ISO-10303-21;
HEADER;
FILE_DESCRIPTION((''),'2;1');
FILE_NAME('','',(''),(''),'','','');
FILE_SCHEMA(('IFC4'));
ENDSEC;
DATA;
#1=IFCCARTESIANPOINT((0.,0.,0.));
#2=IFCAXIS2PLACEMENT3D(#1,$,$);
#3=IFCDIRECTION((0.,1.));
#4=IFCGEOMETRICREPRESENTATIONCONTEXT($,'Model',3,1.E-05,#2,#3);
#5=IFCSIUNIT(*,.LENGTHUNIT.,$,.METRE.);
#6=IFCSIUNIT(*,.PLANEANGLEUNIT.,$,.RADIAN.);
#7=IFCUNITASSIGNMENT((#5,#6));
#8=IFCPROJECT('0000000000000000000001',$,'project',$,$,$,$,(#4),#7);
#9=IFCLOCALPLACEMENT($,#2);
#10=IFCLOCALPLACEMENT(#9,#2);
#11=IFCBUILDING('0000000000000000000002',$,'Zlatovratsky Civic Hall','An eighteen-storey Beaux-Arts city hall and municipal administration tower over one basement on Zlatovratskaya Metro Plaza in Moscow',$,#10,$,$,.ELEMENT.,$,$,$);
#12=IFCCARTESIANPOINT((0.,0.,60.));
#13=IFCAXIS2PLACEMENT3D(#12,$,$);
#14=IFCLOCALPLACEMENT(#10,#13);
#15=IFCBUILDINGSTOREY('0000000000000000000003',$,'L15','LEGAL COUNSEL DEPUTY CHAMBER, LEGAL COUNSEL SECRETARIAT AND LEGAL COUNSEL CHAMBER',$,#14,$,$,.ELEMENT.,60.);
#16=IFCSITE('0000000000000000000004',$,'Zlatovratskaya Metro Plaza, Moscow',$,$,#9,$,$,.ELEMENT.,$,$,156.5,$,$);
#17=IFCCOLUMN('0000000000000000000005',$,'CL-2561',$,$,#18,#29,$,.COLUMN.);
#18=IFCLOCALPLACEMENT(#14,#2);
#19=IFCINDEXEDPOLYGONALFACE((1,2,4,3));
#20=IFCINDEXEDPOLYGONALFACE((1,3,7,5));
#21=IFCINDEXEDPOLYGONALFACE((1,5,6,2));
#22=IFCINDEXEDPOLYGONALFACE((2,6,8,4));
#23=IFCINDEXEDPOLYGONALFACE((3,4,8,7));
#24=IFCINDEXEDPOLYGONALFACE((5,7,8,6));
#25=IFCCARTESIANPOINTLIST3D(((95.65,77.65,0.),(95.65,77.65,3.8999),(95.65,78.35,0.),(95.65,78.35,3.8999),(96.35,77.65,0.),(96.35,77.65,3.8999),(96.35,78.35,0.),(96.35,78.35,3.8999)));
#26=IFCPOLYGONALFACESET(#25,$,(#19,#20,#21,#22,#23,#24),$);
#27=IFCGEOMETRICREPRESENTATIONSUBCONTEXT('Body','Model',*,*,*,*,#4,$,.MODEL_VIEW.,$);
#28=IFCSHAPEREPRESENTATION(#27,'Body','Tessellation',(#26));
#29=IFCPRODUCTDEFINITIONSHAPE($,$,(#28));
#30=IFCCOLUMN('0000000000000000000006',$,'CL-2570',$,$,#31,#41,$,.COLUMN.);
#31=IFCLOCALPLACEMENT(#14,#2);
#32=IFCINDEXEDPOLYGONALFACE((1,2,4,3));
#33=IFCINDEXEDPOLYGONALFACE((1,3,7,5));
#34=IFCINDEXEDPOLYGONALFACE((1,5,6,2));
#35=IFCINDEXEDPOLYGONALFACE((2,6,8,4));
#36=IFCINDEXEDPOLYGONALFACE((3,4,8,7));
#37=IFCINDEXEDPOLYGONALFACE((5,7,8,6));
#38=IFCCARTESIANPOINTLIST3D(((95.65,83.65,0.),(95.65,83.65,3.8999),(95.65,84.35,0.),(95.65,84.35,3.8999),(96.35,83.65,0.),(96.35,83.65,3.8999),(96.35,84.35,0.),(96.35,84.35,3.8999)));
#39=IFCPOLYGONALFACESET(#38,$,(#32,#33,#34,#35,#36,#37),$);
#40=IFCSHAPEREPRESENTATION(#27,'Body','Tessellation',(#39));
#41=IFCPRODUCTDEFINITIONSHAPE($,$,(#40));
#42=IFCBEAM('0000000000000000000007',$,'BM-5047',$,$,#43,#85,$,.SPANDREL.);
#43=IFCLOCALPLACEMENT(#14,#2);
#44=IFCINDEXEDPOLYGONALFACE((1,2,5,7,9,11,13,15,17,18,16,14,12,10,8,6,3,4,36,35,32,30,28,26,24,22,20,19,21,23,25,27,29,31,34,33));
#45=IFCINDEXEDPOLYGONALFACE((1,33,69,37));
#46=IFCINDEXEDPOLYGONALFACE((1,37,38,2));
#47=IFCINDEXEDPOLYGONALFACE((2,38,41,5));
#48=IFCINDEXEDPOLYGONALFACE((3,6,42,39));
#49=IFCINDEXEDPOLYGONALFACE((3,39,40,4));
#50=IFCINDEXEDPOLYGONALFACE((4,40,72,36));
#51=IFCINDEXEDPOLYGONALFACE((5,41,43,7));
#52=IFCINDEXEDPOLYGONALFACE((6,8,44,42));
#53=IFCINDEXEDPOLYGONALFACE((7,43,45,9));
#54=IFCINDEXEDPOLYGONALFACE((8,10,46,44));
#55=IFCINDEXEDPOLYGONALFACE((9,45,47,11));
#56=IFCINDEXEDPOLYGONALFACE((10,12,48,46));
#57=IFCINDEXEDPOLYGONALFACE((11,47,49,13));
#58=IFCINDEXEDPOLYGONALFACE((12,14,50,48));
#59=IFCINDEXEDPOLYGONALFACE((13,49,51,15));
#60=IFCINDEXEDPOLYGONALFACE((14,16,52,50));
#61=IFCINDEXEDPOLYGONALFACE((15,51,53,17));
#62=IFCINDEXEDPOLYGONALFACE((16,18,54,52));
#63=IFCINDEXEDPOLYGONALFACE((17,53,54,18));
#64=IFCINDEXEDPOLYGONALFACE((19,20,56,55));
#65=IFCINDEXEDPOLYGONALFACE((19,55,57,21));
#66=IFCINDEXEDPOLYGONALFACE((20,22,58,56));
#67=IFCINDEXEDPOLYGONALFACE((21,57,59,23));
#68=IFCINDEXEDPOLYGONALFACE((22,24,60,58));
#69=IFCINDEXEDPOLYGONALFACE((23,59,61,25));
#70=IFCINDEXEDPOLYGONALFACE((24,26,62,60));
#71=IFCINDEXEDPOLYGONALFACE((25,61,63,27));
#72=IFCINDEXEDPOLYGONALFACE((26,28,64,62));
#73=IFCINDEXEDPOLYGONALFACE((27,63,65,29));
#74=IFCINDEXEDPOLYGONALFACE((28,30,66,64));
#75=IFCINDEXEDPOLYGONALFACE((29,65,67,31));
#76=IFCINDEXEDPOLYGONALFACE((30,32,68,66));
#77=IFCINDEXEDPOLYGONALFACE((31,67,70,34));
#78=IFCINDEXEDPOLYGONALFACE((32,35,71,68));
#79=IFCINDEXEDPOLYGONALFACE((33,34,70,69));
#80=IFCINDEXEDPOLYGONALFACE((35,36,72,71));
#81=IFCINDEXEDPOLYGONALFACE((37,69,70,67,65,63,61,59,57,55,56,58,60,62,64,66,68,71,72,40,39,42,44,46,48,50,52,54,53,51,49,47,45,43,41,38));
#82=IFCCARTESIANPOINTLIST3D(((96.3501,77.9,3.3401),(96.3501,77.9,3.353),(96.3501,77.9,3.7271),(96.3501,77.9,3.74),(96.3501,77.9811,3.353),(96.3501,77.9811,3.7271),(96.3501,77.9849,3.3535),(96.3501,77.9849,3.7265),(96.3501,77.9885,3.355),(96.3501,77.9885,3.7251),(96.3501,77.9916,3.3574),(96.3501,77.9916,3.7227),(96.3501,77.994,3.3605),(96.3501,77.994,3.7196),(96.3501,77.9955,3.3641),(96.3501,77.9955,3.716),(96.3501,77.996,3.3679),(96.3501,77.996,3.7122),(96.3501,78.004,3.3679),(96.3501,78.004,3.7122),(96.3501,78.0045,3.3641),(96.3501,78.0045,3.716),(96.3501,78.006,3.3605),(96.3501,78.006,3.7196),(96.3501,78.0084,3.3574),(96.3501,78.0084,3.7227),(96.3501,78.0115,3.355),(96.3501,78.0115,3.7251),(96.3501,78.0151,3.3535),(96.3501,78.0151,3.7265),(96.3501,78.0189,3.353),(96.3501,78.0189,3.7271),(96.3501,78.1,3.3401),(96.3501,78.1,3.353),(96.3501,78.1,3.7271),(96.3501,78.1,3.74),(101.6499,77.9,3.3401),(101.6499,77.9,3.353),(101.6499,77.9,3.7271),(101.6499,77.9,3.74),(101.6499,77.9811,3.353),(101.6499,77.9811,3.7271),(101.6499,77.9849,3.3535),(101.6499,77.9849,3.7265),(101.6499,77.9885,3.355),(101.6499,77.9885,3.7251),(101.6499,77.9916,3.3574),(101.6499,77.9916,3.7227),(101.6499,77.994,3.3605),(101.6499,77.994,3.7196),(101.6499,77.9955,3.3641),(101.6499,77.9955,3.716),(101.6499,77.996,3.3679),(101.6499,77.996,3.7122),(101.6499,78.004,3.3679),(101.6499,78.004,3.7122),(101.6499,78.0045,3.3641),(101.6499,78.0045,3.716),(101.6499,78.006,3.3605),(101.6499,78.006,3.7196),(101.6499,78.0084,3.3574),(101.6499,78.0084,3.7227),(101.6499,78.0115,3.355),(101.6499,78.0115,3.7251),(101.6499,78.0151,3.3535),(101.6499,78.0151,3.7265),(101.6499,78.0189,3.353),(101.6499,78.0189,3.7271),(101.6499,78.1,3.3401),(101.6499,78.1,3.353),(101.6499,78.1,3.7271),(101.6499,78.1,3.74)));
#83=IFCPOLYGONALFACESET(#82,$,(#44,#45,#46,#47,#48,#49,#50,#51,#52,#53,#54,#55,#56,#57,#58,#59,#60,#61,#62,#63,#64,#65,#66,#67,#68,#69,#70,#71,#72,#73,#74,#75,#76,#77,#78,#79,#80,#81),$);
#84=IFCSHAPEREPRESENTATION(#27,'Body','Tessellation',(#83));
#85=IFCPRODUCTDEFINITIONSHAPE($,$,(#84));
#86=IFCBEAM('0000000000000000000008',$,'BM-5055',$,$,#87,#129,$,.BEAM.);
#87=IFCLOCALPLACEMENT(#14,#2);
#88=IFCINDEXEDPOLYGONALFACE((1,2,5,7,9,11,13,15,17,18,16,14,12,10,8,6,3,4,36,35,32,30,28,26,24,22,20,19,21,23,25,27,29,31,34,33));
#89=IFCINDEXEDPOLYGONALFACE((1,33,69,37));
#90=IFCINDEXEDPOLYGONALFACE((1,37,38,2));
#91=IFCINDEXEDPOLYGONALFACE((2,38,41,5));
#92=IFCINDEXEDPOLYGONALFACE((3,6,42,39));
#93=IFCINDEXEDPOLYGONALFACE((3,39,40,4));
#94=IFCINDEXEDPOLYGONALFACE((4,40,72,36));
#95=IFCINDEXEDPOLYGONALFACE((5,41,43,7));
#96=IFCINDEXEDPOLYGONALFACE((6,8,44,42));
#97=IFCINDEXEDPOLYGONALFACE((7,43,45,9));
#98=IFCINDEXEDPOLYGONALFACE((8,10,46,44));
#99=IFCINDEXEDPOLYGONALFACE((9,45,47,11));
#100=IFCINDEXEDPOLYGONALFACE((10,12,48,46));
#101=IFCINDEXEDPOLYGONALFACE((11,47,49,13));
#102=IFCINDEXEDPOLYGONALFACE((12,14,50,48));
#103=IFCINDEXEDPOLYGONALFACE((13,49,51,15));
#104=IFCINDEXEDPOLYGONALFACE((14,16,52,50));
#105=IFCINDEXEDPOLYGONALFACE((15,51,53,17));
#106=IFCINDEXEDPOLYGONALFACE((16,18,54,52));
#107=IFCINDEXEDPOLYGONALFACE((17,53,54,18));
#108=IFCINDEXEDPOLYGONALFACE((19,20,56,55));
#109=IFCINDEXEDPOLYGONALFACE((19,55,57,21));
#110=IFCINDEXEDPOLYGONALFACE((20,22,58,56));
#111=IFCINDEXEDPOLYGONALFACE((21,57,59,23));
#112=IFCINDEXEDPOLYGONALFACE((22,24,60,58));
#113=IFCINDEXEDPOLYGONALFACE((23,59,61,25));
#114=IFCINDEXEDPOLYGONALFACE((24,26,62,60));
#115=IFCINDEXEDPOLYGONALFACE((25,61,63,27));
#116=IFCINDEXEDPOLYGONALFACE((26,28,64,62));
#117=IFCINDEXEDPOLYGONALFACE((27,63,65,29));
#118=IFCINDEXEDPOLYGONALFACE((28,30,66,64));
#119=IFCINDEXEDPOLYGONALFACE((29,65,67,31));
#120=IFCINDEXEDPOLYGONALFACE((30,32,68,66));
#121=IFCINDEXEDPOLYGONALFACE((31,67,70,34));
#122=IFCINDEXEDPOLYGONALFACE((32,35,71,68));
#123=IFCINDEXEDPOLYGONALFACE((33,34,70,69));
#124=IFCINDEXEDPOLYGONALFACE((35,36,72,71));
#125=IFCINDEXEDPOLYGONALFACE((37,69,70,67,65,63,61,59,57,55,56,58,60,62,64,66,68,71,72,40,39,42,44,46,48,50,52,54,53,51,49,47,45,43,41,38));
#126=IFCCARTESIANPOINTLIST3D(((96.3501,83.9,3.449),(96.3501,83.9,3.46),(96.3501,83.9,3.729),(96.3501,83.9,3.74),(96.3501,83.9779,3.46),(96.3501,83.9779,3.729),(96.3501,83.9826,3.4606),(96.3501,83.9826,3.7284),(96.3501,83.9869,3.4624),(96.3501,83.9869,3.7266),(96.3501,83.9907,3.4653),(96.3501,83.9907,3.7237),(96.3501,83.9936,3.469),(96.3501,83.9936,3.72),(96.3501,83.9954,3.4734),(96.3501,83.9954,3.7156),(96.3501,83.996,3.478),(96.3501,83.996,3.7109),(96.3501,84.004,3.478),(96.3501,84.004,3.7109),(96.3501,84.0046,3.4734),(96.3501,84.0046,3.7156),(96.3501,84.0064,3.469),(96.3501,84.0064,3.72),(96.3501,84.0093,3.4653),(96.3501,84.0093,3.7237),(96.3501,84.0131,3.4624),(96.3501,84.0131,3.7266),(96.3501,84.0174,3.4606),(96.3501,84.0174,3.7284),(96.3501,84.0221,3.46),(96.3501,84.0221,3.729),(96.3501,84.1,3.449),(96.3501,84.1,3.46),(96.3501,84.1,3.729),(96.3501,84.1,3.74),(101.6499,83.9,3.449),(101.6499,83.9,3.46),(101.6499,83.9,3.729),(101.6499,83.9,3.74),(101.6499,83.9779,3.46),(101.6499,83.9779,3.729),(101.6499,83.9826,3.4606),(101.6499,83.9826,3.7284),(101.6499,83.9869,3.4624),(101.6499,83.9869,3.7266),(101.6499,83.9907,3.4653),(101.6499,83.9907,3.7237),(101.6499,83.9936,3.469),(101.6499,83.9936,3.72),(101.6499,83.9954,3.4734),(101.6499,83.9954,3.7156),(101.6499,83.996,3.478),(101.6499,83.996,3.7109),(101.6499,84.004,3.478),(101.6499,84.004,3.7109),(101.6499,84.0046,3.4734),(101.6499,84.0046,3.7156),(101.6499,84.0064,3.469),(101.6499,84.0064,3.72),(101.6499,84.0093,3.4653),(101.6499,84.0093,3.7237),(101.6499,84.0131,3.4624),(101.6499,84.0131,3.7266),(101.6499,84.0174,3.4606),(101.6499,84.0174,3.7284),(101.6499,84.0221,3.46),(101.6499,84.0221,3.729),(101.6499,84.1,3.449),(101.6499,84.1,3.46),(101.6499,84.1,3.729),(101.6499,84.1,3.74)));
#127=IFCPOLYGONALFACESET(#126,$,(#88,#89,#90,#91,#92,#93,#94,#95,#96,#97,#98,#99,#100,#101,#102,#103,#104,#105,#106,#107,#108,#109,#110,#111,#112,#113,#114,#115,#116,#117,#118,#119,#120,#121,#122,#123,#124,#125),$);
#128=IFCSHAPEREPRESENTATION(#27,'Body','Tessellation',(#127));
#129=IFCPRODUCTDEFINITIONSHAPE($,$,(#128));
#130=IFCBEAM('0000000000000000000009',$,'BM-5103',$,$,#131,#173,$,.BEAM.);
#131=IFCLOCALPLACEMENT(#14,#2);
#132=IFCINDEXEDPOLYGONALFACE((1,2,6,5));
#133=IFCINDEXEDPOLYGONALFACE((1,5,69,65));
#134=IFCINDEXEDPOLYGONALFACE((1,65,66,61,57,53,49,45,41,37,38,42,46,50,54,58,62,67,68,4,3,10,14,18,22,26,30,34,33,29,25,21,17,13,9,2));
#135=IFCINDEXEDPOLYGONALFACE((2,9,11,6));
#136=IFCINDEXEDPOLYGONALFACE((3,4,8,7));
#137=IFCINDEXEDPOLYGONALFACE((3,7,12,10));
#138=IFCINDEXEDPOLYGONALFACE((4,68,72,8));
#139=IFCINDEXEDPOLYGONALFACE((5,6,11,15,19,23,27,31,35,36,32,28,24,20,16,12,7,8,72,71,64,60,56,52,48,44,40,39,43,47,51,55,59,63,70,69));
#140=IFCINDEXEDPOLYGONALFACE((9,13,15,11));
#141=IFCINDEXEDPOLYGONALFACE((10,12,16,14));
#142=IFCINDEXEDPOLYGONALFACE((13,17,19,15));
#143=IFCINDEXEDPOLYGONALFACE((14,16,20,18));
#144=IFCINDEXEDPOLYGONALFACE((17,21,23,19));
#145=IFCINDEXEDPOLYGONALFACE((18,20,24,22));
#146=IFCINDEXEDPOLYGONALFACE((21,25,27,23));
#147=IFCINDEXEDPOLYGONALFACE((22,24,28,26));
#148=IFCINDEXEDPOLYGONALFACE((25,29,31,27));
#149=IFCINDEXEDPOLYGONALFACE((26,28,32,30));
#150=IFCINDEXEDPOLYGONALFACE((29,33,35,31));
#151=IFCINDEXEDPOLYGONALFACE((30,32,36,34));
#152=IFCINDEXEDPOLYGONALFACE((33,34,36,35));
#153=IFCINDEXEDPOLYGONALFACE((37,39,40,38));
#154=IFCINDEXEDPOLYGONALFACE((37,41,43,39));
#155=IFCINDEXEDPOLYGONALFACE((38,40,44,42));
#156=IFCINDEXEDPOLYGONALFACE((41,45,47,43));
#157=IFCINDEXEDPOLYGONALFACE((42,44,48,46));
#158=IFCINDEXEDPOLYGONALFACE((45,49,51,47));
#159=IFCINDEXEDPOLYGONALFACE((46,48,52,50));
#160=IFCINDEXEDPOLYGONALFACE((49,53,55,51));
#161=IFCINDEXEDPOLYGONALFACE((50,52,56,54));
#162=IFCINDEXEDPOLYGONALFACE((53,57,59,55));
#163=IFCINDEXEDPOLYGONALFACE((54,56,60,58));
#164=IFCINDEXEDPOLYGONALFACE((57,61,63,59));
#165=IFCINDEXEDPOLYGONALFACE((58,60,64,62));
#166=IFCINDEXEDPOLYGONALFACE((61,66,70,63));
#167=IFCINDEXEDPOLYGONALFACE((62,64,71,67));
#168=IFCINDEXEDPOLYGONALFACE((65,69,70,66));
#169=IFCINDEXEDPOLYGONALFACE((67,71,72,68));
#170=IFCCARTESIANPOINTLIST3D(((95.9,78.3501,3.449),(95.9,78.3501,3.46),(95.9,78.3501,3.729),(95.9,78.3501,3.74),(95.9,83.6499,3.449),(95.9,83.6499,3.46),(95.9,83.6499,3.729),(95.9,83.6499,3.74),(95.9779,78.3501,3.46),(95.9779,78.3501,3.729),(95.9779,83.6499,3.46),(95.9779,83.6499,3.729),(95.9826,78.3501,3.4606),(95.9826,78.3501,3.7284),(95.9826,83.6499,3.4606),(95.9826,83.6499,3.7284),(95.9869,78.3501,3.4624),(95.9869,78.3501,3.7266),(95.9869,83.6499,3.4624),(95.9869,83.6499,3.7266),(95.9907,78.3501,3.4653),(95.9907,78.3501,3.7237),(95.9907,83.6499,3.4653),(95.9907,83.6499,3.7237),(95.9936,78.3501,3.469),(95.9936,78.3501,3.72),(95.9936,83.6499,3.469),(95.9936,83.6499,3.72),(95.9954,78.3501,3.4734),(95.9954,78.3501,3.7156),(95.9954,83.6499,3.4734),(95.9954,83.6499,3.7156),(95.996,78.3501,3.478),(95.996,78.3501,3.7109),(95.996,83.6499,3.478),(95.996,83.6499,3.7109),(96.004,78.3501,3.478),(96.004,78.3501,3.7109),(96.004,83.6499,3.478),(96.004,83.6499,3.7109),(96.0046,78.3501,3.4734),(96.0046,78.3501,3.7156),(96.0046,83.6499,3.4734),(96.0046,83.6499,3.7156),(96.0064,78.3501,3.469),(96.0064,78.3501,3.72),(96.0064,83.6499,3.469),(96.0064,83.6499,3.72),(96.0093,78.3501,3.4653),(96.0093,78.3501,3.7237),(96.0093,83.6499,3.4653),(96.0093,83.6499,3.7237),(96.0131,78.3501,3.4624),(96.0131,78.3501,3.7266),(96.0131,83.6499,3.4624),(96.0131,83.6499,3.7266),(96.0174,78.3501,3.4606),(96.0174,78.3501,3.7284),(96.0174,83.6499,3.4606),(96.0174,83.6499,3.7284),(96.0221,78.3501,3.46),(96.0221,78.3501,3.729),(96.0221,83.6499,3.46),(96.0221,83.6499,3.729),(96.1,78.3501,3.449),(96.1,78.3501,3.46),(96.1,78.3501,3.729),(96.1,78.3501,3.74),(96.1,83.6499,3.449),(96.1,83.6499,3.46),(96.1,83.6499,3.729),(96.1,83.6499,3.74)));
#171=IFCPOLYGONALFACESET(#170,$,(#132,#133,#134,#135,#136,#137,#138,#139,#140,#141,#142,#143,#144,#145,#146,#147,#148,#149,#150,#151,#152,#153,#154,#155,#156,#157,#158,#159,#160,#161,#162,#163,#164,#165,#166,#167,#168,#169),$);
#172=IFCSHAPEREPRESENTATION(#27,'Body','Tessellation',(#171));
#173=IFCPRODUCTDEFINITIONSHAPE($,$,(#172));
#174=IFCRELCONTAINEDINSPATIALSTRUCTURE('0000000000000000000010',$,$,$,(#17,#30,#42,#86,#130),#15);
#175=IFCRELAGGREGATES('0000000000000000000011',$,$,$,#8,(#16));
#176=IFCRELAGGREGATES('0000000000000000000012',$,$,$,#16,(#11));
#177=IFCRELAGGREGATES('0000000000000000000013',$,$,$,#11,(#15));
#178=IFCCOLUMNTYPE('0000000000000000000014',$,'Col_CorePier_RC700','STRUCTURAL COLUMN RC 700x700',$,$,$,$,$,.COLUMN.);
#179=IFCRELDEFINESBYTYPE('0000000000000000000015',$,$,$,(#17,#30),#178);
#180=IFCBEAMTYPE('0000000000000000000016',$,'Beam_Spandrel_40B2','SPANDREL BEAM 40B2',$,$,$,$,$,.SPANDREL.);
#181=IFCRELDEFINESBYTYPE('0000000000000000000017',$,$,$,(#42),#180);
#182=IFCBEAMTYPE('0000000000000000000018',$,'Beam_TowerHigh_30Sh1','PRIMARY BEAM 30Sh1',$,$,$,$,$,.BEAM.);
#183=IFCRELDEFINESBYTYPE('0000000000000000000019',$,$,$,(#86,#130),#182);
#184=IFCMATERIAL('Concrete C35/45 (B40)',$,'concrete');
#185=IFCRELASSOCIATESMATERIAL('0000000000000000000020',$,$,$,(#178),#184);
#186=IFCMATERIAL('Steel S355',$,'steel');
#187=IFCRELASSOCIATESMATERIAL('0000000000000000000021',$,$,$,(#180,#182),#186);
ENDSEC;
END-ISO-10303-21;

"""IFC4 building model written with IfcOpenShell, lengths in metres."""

from ifc_helpers import new_model, si_unit, direction, frame, origin, origin_2d, place, context, subcontext, project, spatial, rectangle, i_section, extrude, material, material_profile, profile_set, type_object, element, save


model = new_model("IFC4")

# Units and contexts
model_context = context("Model", 3, precision=1e-05, world=origin(), true_north=direction((0.0, 1.0)))
body_context = subcontext(model_context, "Body", "Model", "MODEL_VIEW")
ifc_project = project(units=[si_unit("LENGTHUNIT", "METRE"), si_unit("PLANEANGLEUNIT", "RADIAN")], contexts=[model_context])

# Site, building, storey
site_placement = place(None, origin())
site = spatial("IfcSite", under=ifc_project, at=site_placement, Name="Zlatovratskaya Metro Plaza, Moscow", CompositionType="ELEMENT", RefElevation=156.5)
building_placement = place(site_placement, origin())
building = spatial("IfcBuilding", under=site, at=building_placement, Name="Zlatovratsky Civic Hall", Description="An eighteen-storey Beaux-Arts city hall and municipal administration tower over one basement on Zlatovratskaya Metro Plaza in Moscow", CompositionType="ELEMENT")
storey_placement = place(building_placement, frame((0.0, 0.0, 60.0)))
storey = spatial("IfcBuildingStorey", under=building, at=storey_placement, Name="L15", Description="LEGAL COUNSEL DEPUTY CHAMBER, LEGAL COUNSEL SECRETARIAT AND LEGAL COUNSEL CHAMBER", CompositionType="ELEMENT", Elevation=60.0)

# Columns
ifc_material_1 = material(Name="Concrete C35/45 (B40)", Category="concrete")
ifc_material_profile_1 = material_profile(ifc_material_1, rectangle(XDim=0.7, YDim=0.7, at=origin_2d()), Name="RC 700x700")
ifc_profile_set_1 = profile_set([ifc_material_profile_1], Name="Concrete C35/45 (B40)")
column_type = type_object("IfcColumnType", Name="Col_CorePier_RC700", Description="STRUCTURAL COLUMN RC 700x700", PredefinedType="COLUMN", material=ifc_profile_set_1)
for number, where, z_axis, x_axis, name in (
    (1, (96.0, 78.0, 0.0), (0.0, 0.0, 1.0), (1.0, 0.0, 0.0), "CL-2561"),
    (2, (96.0, 84.0, 0.0), (0.0, 0.0, 1.0), (1.0, 0.0, 0.0), "CL-2570"),
):
    element("IfcColumn", number, at=place(storey_placement, frame(where, z_axis=z_axis, x_axis=x_axis)), inside=storey, type_object=column_type, Name=name, PredefinedType="COLUMN", context=body_context, shape_type="SweptSolid", body=[
        extrude(rectangle(XDim=0.7, YDim=0.7, at=origin_2d()), origin(), (0.0, 0.0, 1.0), 3.8999),
    ])

# Beams
ifc_material_2 = material(Name="Steel S355", Category="steel")
ifc_material_profile_2 = material_profile(ifc_material_2, i_section(OverallWidth=0.2, OverallDepth=0.3999, WebThickness=0.0081, FlangeThickness=0.0129, FilletRadius=0.0149, at=origin_2d()), Name="40B2")
ifc_profile_set_2 = profile_set([ifc_material_profile_2], Name="Steel S355")
beam_type_1 = type_object("IfcBeamType", Name="Beam_Spandrel_40B2", Description="SPANDREL BEAM 40B2", PredefinedType="SPANDREL", material=ifc_profile_set_2)
beam_placement = place(storey_placement, frame((96.3501, 78.0, 3.54), z_axis=(1.0, 0.0, 0.0), x_axis=(0.0, 1.0, 0.0)))
element("IfcBeam", 3, at=beam_placement, inside=storey, type_object=beam_type_1, Name="BM-5047", PredefinedType="SPANDREL", context=body_context, shape_type="SweptSolid", body=[
    extrude(i_section(OverallWidth=0.2, OverallDepth=0.3999, WebThickness=0.0081, FlangeThickness=0.0129, FilletRadius=0.0149, at=origin_2d()), origin(), (0.0, 0.0, 1.0), 5.2998),
])
ifc_material_profile_3 = material_profile(ifc_material_2, i_section(OverallWidth=0.2, OverallDepth=0.291, WebThickness=0.0081, FlangeThickness=0.011, FilletRadius=0.0181, at=origin_2d()), Name="30Sh1")
ifc_profile_set_3 = profile_set([ifc_material_profile_3], Name="Steel S355")
beam_type_2 = type_object("IfcBeamType", Name="Beam_TowerHigh_30Sh1", Description="PRIMARY BEAM 30Sh1", PredefinedType="BEAM", material=ifc_profile_set_3)
for number, where, z_axis, x_axis, name in (
    (4, (96.3501, 84.0, 3.5945), (1.0, 0.0, 0.0), (0.0, 1.0, 0.0), "BM-5055"),
    (5, (96.0, 78.3501, 3.5945), (0.0, 1.0, 0.0), (-1.0, 0.0, 0.0), "BM-5103"),
):
    element("IfcBeam", number, at=place(storey_placement, frame(where, z_axis=z_axis, x_axis=x_axis)), inside=storey, type_object=beam_type_2, Name=name, PredefinedType="BEAM", context=body_context, shape_type="SweptSolid", body=[
        extrude(i_section(OverallWidth=0.2, OverallDepth=0.291, WebThickness=0.0081, FlangeThickness=0.011, FilletRadius=0.0181, at=origin_2d()), origin(), (0.0, 0.0, 1.0), 5.2998),
    ])

save(model, "model.ifc")
